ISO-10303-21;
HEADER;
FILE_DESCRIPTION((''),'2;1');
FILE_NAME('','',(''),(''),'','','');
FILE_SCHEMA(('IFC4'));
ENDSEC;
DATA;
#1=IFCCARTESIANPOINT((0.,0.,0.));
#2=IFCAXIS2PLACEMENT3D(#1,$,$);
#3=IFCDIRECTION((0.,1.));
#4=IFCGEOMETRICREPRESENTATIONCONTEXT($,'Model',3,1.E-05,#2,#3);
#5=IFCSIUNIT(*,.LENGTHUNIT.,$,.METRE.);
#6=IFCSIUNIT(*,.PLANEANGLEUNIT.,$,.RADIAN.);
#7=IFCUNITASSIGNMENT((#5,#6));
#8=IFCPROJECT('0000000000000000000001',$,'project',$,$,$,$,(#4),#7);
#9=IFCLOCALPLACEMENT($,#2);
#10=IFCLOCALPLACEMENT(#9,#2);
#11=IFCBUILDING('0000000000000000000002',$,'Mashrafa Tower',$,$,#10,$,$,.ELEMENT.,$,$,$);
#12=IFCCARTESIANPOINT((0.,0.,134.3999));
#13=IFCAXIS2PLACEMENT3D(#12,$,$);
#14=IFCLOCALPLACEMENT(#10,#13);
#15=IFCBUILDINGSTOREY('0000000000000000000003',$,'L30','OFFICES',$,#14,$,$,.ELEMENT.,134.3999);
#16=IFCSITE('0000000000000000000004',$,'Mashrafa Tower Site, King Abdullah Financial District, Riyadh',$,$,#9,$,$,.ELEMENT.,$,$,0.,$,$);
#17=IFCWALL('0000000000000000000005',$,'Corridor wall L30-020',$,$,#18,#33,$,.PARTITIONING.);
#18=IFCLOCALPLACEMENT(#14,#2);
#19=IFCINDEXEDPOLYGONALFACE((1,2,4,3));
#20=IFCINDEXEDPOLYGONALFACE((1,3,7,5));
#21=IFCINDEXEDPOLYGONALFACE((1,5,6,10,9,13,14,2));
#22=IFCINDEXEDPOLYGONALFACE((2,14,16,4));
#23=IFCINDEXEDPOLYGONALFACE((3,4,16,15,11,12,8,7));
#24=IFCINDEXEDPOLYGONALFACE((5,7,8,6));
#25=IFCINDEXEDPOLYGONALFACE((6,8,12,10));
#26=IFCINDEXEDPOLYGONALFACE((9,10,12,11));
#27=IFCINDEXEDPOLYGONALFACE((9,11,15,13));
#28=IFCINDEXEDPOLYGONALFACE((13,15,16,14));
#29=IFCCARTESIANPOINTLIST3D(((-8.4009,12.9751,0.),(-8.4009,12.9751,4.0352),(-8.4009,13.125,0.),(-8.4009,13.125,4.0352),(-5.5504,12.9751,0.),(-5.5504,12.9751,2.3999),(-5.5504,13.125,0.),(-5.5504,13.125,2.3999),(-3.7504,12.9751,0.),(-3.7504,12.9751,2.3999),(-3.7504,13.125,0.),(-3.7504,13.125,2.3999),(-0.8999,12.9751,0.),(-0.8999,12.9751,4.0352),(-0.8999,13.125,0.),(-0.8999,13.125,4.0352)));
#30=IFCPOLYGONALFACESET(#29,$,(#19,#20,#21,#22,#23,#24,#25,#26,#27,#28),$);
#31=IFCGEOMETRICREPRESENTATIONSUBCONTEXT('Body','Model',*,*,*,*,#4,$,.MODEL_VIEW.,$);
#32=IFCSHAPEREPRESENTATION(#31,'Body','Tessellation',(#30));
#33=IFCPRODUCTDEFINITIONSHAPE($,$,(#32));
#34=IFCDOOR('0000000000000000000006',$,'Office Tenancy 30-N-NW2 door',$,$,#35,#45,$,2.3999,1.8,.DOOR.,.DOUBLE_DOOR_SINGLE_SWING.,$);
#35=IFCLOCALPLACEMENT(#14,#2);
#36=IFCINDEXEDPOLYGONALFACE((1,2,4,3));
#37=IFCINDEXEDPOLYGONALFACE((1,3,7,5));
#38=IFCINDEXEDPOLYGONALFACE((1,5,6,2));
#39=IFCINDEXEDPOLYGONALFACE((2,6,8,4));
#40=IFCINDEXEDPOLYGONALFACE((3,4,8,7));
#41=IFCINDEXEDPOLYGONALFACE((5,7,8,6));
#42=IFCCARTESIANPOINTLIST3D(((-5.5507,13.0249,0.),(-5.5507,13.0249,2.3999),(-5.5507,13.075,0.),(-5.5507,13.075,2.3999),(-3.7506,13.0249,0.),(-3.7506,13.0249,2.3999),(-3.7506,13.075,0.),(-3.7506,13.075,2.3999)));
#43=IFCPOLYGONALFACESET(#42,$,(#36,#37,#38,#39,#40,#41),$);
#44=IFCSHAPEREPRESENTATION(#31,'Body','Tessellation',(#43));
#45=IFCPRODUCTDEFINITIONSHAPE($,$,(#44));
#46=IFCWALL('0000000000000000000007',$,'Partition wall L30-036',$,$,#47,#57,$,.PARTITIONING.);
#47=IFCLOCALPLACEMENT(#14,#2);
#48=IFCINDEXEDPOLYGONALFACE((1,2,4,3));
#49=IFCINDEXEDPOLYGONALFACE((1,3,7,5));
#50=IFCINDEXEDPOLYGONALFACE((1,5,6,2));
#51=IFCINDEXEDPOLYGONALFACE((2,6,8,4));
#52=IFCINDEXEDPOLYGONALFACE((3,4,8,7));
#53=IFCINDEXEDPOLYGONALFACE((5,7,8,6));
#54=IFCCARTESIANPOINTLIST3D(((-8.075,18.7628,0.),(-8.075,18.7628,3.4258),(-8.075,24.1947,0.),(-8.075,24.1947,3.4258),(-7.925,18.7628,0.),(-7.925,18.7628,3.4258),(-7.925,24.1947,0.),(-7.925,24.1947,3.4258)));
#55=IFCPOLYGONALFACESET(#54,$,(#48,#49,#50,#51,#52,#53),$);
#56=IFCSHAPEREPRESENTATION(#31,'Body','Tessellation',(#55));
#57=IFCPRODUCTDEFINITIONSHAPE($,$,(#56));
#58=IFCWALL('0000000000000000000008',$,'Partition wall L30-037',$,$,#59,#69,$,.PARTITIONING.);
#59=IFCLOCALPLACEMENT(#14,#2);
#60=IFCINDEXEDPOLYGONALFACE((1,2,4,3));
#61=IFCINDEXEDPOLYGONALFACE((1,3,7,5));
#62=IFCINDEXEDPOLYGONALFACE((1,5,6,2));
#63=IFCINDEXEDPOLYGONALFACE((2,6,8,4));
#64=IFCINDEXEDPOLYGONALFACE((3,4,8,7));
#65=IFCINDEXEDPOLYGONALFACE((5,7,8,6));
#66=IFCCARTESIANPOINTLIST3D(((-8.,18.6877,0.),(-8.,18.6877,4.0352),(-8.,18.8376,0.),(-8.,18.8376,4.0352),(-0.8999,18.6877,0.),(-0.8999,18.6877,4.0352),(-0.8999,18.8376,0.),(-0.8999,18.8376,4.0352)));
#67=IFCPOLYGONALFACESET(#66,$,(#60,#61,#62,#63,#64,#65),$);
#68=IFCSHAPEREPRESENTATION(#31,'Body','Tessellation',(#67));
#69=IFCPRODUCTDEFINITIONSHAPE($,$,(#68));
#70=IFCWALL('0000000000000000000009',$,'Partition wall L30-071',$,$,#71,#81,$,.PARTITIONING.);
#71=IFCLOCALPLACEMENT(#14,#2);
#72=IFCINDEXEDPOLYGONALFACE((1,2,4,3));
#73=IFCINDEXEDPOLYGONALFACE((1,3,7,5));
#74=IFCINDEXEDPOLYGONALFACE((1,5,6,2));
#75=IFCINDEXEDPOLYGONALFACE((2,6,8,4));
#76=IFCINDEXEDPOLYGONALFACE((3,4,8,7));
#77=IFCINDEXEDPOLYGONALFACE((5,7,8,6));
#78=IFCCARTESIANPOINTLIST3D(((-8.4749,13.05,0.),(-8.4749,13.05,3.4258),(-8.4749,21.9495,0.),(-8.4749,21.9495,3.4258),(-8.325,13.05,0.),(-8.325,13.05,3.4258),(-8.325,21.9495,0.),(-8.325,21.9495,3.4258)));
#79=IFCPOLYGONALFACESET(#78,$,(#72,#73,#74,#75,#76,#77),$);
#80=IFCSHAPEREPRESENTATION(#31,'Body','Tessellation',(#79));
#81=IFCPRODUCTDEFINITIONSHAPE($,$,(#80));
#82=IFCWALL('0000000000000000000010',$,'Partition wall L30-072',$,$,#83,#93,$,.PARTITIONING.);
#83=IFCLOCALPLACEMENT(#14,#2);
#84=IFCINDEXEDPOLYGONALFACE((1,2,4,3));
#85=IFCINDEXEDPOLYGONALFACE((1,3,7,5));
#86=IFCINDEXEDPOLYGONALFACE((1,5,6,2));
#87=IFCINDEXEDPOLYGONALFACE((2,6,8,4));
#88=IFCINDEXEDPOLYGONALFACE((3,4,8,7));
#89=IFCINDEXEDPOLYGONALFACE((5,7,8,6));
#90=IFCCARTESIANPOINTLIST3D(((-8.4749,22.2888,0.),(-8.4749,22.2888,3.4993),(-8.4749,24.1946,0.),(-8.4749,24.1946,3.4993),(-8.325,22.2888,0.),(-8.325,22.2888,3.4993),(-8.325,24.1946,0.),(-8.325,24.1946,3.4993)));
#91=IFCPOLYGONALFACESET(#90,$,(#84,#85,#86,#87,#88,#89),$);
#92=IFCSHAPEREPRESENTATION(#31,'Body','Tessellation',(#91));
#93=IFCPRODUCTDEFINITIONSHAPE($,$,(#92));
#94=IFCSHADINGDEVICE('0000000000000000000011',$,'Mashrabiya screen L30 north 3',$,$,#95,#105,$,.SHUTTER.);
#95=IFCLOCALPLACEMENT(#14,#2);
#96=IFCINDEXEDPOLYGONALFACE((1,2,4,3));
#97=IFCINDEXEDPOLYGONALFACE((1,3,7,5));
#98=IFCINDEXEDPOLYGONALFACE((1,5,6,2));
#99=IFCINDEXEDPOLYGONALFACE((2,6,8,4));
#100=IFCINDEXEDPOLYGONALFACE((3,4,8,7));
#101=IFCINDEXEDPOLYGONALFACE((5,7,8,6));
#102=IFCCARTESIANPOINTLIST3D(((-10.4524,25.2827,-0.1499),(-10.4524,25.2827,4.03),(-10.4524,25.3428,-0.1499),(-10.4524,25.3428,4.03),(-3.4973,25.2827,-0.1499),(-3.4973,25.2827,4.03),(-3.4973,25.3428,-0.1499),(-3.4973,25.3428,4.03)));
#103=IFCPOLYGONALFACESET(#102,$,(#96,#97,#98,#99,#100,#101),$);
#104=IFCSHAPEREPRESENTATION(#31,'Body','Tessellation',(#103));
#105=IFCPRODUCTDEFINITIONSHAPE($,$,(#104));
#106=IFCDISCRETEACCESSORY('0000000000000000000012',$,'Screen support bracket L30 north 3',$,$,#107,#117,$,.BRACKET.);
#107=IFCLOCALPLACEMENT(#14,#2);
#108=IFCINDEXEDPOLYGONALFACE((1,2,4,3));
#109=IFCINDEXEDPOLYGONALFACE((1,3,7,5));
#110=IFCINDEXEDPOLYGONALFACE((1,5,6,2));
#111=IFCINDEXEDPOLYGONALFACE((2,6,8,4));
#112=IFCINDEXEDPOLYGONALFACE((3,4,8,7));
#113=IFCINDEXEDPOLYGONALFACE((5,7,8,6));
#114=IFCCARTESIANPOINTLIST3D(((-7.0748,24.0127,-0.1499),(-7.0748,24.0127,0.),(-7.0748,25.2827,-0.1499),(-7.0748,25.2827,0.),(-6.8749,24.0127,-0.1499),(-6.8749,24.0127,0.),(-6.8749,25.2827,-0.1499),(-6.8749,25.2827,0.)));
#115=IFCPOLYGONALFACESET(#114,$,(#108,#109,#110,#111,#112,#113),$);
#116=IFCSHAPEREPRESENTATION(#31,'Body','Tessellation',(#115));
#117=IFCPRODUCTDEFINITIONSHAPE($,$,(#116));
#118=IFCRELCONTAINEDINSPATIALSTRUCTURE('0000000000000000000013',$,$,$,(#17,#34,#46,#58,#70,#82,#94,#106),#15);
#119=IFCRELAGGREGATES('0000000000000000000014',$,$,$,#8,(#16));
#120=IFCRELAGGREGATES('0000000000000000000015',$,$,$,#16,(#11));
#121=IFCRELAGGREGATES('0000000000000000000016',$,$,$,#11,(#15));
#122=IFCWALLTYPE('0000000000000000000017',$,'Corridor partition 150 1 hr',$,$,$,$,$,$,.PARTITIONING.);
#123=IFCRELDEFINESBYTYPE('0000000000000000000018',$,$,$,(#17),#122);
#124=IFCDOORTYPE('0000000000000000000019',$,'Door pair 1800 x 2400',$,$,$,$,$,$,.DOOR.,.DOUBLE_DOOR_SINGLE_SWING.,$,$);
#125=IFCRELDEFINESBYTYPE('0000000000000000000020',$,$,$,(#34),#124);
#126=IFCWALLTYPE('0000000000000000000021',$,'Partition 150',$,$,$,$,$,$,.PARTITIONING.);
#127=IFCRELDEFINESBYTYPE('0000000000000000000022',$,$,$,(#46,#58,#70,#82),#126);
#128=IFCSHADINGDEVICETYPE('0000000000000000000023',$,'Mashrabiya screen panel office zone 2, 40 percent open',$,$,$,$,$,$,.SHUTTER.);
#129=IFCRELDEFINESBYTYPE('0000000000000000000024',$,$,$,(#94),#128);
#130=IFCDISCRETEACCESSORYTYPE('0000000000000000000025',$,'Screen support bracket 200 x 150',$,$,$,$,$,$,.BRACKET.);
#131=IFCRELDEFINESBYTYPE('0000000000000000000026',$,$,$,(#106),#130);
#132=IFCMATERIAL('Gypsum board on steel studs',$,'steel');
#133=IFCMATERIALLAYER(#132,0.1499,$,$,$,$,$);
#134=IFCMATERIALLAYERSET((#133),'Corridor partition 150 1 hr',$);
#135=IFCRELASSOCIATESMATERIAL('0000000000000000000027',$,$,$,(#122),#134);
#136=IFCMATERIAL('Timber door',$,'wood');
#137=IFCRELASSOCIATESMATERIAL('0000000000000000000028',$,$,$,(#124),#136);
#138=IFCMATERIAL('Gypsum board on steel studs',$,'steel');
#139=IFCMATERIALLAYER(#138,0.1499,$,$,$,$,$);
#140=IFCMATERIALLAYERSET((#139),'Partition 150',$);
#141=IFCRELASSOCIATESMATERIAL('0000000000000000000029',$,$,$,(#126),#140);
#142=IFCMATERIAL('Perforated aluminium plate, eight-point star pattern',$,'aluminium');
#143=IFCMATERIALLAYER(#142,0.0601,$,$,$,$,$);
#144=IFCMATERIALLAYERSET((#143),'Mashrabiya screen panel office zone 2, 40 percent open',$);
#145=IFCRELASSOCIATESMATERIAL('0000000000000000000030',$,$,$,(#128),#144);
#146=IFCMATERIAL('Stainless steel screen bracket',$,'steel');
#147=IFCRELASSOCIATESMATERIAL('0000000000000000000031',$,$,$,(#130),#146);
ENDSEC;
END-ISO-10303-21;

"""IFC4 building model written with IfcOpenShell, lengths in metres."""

from ifc_helpers import new_model, si_unit, direction, frame, frame_2d, origin, origin_2d, place, context, subcontext, project, spatial, rectangle, extrude, source, transform, mapped, material, layer, layer_set, type_object, type_shapes, element, fill, save


model = new_model("IFC4")

# Units and contexts
model_context = context("Model", 3, precision=1e-05, world=origin(), true_north=direction((0.0, 1.0)))
body_context = subcontext(model_context, "Body", "Model", "MODEL_VIEW")
ifc_project = project(units=[si_unit("LENGTHUNIT", "METRE"), si_unit("PLANEANGLEUNIT", "RADIAN")], contexts=[model_context])

# Site, building, storey
site_placement = place(None, origin())
site = spatial("IfcSite", under=ifc_project, at=site_placement, Name="Mashrafa Tower Site, King Abdullah Financial District, Riyadh", CompositionType="ELEMENT", RefElevation=0.0)
building_placement = place(site_placement, origin())
building = spatial("IfcBuilding", under=site, at=building_placement, Name="Mashrafa Tower", CompositionType="ELEMENT")
storey_placement = place(building_placement, frame((0.0, 0.0, 134.3999)))
storey = spatial("IfcBuildingStorey", under=building, at=storey_placement, Name="L30", Description="OFFICES", CompositionType="ELEMENT", Elevation=134.3999)

# Shared definitions
ifc_material_1 = material(Name="Gypsum board on steel studs", Category="steel")
ifc_layer_1 = layer(ifc_material_1, 0.1499)
ifc_layer_set_1 = layer_set([ifc_layer_1], Name="Corridor partition 150 1 hr")
wall_type_1 = type_object("IfcWallType", Name="Corridor partition 150 1 hr", PredefinedType="PARTITIONING", material=ifc_layer_set_1)
ifc_material_2 = material(Name="Timber door", Category="wood")
door_type = type_object("IfcDoorType", Name="Door pair 1800 x 2400", OperationType="DOUBLE_DOOR_SINGLE_SWING", PredefinedType="DOOR", material=ifc_material_2)

# Wall, opening, door
wall_1_placement = place(storey_placement, frame((-0.8999, 13.05, 0.0), z_axis=(0.0, 0.0, 1.0), x_axis=(-1.0, 0.0, 0.0)))
wall_1 = element("IfcWall", 1, at=wall_1_placement, inside=storey, type_object=wall_type_1, Name="Corridor wall L30-020", PredefinedType="PARTITIONING", context=body_context, shape_type="SweptSolid", body=[
    extrude(rectangle(XDim=7.501, YDim=0.1499, at=frame_2d((3.7505, 0.0))), origin(), (0.0, 0.0, 1.0), 4.0352),
])
opening_1_placement = place(wall_1_placement, frame((2.8506, 0.0, 0.0)))
opening_1 = element("IfcOpeningElement", 2, at=opening_1_placement, cuts=wall_1, PredefinedType="OPENING", context=body_context, shape_type="SweptSolid", body=[
    extrude(rectangle(XDim=1.8, YDim=2.3999, at=frame_2d((0.8999, 1.2))), frame((0.0, 0.085, 0.0), z_axis=(0.0, -1.0, 0.0), x_axis=(1.0, 0.0, 0.0)), (0.0, 0.0, 1.0), 0.1699),
])
door_1_placement = place(opening_1_placement, frame((1.8, 0.0, 0.0), z_axis=(0.0, 0.0, 1.0), x_axis=(-1.0, 0.0, 0.0)))
door_1 = element("IfcDoor", 3, at=door_1_placement, inside=storey, type_object=door_type, Name="Office Tenancy 30-N-NW2 door", OperationType="DOUBLE_DOOR_SINGLE_SWING", OverallHeight=2.3999, OverallWidth=1.8, PredefinedType="DOOR", context=body_context, shape_type="SweptSolid", body=[
    extrude(rectangle(XDim=1.8, YDim=2.3999, at=frame_2d((0.8999, 1.2))), frame((0.0, 0.0249, 0.0), z_axis=(0.0, -1.0, 0.0), x_axis=(1.0, 0.0, 0.0)), (0.0, 0.0, 1.0), 0.05),
])
fill(opening_1, door_1)

# Walls
ifc_material_3 = material(Name="Gypsum board on steel studs", Category="steel")
ifc_layer_2 = layer(ifc_material_3, 0.1499)
ifc_layer_set_2 = layer_set([ifc_layer_2], Name="Partition 150")
wall_type_2 = type_object("IfcWallType", Name="Partition 150", PredefinedType="PARTITIONING", material=ifc_layer_set_2)
wall_2_placement = place(storey_placement, frame((-8.0, 24.1946, 0.0), z_axis=(0.0, 0.0, 1.0), x_axis=(0.0, -1.0, 0.0)))
element("IfcWall", 4, at=wall_2_placement, inside=storey, type_object=wall_type_2, Name="Partition wall L30-036", PredefinedType="PARTITIONING", context=body_context, shape_type="SweptSolid", body=[
    extrude(rectangle(XDim=5.4319, YDim=0.1499, at=frame_2d((2.7158, 0.0))), origin(), (0.0, 0.0, 1.0), 3.4258),
])
wall_3_placement = place(storey_placement, frame((-8.0, 18.7627, 0.0), z_axis=(0.0, 0.0, 1.0), x_axis=(1.0, 0.0, 0.0)))
element("IfcWall", 5, at=wall_3_placement, inside=storey, type_object=wall_type_2, Name="Partition wall L30-037", PredefinedType="PARTITIONING", context=body_context, shape_type="SweptSolid", body=[
    extrude(rectangle(XDim=7.1001, YDim=0.1499, at=frame_2d((3.55, 0.0))), origin(), (0.0, 0.0, 1.0), 4.0352),
])
wall_4_placement = place(storey_placement, frame((-8.3999, 13.05, 0.0), z_axis=(0.0, 0.0, 1.0), x_axis=(0.0, 1.0, 0.0)))
element("IfcWall", 6, at=wall_4_placement, inside=storey, type_object=wall_type_2, Name="Partition wall L30-071", PredefinedType="PARTITIONING", context=body_context, shape_type="SweptSolid", body=[
    extrude(rectangle(XDim=8.8994, YDim=0.1499, at=frame_2d((4.4497, 0.0))), origin(), (0.0, 0.0, 1.0), 3.4258),
])
wall_5_placement = place(storey_placement, frame((-8.3999, 22.2888, 0.0), z_axis=(0.0, 0.0, 1.0), x_axis=(0.0, 1.0, 0.0)))
element("IfcWall", 7, at=wall_5_placement, inside=storey, type_object=wall_type_2, Name="Partition wall L30-072", PredefinedType="PARTITIONING", context=body_context, shape_type="SweptSolid", body=[
    extrude(rectangle(XDim=1.9058, YDim=0.1499, at=frame_2d((0.9529, 0.0))), origin(), (0.0, 0.0, 1.0), 3.4993),
])

# Shading device
ifc_material_4 = material(Name="Perforated aluminium plate, eight-point star pattern", Category="aluminium")
ifc_layer_3 = layer(ifc_material_4, 0.0601)
ifc_layer_set_3 = layer_set([ifc_layer_3], Name="Mashrabiya screen panel office zone 2, 40 percent open")
shading_device_type = type_object("IfcShadingDeviceType", Name="Mashrabiya screen panel office zone 2, 40 percent open", PredefinedType="SHUTTER", material=ifc_layer_set_3)
shared_shape_1 = source(origin(), body_context, "Body", "SweptSolid", [
    extrude(rectangle(XDim=6.9551, YDim=0.0601, at=origin_2d()), origin(), (0.0, 0.0, 1.0), 4.1799),
])
type_shapes(shading_device_type, [shared_shape_1])
shading_device_placement = place(storey_placement, frame((-6.9749, 25.3127, -0.1499), z_axis=(0.0, 0.0, 1.0), x_axis=(-1.0, 0.0, 0.0)))
element("IfcShadingDevice", 8, at=shading_device_placement, inside=storey, type_object=shading_device_type, Name="Mashrabiya screen L30 north 3", PredefinedType="SHUTTER", context=body_context, shape_type="MappedRepresentation", body=[
    mapped(shared_shape_1, transform((0.0, 0.0, 0.0))),
])

# Discrete accessory
ifc_material_5 = material(Name="Stainless steel screen bracket", Category="steel")
discrete_accessory_type = type_object("IfcDiscreteAccessoryType", Name="Screen support bracket 200 x 150", PredefinedType="BRACKET", material=ifc_material_5)
shared_shape_2 = source(origin(), body_context, "Body", "SweptSolid", [
    extrude(rectangle(XDim=0.2, YDim=1.27, at=origin_2d()), origin(), (0.0, 0.0, 1.0), 0.1499),
])
type_shapes(discrete_accessory_type, [shared_shape_2])
discrete_accessory_placement = place(storey_placement, frame((-6.9749, 24.6477, -0.1499), z_axis=(0.0, 0.0, 1.0), x_axis=(-1.0, 0.0, 0.0)))
element("IfcDiscreteAccessory", 9, at=discrete_accessory_placement, inside=storey, type_object=discrete_accessory_type, Name="Screen support bracket L30 north 3", PredefinedType="BRACKET", context=body_context, shape_type="MappedRepresentation", body=[
    mapped(shared_shape_2, transform((0.0, 0.0, 0.0))),
])

save(model, "model.ifc")
